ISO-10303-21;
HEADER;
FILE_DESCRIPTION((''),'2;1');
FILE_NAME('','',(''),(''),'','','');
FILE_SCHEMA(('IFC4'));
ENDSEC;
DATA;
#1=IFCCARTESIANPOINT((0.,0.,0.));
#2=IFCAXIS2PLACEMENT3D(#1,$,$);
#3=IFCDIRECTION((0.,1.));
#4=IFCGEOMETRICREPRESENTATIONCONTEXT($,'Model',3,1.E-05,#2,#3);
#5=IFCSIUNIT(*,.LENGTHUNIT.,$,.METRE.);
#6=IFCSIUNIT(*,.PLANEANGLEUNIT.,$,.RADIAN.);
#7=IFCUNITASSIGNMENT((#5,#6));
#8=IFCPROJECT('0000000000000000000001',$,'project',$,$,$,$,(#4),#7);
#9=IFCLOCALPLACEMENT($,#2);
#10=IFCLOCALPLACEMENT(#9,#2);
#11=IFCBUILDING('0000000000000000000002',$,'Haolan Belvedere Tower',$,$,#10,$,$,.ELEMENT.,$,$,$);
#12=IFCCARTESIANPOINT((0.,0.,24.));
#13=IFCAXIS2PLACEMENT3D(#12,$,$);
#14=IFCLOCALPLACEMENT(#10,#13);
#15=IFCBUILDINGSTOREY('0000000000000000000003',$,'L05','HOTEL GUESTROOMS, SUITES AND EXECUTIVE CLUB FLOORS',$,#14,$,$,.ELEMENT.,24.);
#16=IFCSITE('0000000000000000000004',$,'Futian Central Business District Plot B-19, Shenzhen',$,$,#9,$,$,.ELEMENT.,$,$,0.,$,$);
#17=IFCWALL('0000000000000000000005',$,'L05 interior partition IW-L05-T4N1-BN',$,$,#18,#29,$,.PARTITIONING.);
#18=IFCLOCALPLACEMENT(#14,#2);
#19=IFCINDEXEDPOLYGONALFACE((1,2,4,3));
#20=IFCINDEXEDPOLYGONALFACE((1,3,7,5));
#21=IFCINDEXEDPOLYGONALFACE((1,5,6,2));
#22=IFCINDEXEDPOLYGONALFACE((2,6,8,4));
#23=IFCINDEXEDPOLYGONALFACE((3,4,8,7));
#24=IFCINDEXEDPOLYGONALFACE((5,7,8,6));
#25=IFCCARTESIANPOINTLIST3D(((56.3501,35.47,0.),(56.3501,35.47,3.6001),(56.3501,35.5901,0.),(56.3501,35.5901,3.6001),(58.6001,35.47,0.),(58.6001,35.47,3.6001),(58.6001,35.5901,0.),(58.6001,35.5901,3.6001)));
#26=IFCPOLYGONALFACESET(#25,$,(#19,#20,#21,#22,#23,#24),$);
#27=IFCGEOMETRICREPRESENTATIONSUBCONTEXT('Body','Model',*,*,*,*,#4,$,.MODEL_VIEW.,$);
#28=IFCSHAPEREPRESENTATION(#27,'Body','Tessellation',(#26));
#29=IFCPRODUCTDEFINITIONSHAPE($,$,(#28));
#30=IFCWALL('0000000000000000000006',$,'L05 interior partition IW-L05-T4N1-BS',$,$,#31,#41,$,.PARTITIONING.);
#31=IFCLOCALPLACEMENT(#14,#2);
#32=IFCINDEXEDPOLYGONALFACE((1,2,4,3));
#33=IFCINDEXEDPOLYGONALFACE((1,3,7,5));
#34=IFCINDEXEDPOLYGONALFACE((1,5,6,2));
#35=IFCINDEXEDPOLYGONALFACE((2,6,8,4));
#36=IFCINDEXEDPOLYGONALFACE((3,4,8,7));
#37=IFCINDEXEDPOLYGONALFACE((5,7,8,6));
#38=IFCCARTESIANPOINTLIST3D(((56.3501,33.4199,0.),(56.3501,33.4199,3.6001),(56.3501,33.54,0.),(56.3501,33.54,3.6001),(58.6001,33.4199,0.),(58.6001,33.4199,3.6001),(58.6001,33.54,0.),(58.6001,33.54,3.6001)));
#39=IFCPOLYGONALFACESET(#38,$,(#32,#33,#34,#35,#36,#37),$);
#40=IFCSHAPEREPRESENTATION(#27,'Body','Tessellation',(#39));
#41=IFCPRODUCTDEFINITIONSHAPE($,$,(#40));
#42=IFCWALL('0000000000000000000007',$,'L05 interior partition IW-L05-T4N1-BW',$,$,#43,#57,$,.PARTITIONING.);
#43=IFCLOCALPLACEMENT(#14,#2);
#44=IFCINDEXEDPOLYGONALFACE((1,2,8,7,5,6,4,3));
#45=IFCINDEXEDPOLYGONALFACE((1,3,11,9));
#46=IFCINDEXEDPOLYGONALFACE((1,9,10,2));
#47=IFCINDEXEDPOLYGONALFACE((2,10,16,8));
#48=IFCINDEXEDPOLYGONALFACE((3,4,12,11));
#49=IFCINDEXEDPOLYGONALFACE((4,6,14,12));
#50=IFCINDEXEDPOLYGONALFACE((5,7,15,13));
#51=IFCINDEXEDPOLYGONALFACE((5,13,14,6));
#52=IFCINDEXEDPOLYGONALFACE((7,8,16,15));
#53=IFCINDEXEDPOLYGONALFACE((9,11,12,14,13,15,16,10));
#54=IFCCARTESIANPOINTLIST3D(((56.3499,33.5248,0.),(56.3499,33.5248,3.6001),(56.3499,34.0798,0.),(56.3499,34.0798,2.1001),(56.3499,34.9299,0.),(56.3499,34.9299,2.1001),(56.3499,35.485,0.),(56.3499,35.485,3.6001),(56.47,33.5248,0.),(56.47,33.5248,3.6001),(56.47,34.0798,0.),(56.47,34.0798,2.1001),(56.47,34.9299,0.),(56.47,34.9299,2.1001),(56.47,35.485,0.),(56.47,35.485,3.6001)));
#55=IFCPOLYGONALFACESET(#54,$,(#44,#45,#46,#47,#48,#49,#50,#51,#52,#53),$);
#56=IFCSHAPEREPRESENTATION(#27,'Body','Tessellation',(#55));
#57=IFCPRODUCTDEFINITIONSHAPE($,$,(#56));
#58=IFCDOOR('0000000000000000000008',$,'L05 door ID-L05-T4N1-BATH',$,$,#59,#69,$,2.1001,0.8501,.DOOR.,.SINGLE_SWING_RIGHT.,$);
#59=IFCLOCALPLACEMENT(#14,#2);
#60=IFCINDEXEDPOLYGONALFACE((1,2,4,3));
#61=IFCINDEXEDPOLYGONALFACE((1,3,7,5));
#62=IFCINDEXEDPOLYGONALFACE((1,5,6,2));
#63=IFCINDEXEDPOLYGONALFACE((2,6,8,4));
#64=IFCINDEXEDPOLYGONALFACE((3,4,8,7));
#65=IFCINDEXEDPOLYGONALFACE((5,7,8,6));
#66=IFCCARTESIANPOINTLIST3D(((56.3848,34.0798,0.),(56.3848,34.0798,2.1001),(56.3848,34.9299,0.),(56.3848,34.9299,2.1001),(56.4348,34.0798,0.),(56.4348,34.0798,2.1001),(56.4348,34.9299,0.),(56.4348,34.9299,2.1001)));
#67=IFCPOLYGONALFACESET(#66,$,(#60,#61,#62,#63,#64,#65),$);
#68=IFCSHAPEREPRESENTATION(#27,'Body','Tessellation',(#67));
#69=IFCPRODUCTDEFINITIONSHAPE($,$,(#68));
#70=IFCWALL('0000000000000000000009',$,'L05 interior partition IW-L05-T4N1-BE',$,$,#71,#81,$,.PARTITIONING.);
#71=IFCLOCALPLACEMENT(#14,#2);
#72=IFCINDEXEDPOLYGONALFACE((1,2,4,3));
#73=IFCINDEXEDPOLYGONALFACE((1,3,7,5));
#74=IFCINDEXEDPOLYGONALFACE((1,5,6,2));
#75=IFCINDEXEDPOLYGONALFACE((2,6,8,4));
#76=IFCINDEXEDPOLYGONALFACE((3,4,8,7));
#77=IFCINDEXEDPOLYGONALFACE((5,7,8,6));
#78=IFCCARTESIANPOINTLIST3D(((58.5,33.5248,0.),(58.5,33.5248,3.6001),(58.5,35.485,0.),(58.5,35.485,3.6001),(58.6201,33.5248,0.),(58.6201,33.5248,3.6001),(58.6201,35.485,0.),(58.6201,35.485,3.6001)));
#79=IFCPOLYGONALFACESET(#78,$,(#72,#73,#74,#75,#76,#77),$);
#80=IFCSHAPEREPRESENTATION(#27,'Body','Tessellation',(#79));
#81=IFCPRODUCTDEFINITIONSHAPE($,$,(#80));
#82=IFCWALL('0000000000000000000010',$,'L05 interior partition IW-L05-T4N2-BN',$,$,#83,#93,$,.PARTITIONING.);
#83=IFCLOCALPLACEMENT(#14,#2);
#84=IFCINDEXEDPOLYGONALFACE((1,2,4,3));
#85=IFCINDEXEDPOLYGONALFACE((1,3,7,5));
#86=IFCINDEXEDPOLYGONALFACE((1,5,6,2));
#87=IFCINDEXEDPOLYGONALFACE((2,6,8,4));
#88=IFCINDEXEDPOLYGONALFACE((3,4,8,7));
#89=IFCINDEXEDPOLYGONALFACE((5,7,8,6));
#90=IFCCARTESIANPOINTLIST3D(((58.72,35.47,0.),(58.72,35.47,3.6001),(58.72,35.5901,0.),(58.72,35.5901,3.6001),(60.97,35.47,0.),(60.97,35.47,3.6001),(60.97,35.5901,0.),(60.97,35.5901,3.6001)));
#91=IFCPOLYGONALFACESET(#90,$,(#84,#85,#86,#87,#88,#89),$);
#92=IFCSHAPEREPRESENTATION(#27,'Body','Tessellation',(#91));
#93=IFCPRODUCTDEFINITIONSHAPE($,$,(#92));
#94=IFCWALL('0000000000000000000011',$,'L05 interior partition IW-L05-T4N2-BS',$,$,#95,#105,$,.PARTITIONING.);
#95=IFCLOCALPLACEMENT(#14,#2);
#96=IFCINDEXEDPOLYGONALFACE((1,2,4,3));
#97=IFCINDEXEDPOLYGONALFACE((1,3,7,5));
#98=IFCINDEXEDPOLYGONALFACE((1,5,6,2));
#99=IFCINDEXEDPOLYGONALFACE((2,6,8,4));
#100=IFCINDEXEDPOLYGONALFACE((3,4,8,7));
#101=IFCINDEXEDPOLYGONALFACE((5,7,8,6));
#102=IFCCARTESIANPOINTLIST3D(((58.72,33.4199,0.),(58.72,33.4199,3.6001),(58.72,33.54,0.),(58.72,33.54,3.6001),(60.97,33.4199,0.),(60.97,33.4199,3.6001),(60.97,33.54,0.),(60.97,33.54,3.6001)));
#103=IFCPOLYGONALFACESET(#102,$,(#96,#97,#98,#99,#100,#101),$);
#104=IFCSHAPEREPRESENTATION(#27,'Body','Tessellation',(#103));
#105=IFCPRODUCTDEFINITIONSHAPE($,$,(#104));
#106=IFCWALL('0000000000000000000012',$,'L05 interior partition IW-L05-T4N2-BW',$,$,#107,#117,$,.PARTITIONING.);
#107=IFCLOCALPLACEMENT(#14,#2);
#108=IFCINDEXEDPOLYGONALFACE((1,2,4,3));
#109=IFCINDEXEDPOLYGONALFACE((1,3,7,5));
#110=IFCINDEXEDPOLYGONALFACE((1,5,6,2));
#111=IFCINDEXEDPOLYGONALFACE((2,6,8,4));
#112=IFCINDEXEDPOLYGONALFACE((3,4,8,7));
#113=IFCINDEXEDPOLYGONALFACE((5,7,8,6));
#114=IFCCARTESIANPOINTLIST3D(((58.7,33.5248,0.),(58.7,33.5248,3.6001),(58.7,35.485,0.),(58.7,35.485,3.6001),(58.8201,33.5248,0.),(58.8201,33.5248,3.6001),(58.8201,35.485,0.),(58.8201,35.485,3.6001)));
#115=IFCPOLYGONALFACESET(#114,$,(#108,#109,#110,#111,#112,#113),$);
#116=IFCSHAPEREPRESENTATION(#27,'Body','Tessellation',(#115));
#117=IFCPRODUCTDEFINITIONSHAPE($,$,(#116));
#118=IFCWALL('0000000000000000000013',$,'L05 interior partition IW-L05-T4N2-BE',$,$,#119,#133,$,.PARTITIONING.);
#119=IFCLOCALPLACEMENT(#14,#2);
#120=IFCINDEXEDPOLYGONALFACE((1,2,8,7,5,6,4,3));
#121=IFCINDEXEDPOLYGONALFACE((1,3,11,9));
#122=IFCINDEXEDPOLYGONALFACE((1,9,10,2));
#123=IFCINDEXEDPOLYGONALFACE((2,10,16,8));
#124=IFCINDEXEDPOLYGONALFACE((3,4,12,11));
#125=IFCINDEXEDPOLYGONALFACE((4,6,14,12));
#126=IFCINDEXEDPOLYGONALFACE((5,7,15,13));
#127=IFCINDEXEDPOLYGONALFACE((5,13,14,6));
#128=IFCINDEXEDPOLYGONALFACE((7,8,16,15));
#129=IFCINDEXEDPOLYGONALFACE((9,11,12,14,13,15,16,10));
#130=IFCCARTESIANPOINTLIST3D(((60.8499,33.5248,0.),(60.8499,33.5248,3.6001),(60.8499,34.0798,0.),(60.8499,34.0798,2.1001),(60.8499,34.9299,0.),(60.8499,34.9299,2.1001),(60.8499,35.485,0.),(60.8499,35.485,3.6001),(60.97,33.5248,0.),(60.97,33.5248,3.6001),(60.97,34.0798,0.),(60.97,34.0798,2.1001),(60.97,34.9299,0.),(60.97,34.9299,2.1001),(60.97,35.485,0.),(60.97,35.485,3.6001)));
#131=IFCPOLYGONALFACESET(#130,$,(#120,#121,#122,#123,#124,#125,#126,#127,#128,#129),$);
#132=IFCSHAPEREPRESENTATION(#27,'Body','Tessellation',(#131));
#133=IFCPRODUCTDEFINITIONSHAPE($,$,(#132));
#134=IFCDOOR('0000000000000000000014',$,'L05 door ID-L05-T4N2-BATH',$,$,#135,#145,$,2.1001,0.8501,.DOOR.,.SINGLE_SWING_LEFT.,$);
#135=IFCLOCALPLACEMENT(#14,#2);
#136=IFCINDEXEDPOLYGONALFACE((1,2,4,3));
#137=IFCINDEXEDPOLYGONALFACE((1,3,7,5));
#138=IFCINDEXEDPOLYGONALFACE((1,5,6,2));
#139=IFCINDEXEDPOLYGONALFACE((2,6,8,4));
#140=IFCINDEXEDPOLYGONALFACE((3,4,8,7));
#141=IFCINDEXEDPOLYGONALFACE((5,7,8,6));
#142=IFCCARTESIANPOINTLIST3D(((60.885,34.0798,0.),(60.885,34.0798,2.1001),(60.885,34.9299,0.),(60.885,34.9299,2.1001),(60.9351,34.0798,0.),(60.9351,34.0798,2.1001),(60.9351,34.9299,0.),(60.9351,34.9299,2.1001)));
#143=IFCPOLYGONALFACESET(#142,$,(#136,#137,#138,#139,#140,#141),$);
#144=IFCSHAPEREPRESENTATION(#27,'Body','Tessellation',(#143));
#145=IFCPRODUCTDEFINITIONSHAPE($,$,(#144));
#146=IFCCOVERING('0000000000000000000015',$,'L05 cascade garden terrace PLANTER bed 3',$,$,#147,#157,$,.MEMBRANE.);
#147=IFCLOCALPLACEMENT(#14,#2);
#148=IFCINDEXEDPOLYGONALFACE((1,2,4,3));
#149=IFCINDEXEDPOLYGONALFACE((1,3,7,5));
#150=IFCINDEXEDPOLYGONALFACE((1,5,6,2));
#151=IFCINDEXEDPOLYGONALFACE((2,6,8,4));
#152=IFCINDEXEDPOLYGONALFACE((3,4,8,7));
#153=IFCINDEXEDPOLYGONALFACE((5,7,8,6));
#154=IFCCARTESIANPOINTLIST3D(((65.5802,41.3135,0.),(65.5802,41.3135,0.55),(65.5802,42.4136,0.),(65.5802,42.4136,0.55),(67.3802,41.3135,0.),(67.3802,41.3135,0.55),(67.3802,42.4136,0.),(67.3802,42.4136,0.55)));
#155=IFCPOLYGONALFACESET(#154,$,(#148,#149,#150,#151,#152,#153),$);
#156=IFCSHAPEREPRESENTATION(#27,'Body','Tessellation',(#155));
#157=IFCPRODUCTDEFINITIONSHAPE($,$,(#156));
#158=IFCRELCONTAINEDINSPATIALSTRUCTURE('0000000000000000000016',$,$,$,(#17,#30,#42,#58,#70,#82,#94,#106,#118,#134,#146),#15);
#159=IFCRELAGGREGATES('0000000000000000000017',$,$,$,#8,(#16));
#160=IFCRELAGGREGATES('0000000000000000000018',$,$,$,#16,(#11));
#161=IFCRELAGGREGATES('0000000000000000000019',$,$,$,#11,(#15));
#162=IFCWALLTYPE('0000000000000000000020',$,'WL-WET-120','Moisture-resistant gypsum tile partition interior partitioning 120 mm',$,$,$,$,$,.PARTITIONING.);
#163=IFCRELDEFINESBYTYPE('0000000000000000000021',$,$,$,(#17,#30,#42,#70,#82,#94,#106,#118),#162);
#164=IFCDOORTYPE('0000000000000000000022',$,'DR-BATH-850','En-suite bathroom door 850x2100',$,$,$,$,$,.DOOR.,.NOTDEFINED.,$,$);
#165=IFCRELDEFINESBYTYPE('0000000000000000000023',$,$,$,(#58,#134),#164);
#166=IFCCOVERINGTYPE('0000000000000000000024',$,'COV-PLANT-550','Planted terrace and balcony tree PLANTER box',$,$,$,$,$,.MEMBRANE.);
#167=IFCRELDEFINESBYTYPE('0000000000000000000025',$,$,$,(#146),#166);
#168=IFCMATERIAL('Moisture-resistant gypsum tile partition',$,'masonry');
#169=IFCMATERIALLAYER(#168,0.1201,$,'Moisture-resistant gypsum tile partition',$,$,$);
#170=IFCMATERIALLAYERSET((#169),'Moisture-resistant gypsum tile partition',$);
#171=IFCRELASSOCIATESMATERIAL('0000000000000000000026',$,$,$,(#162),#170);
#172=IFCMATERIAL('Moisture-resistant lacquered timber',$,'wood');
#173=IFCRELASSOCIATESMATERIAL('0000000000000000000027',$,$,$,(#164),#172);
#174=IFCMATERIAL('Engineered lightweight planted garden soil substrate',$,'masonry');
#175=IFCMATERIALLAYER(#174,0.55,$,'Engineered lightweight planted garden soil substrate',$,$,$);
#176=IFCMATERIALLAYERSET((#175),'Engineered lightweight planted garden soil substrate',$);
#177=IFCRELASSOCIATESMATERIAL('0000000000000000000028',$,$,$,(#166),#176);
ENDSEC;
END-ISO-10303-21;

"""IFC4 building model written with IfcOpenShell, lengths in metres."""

from ifc_helpers import new_model, si_unit, direction, frame, frame_2d, origin, origin_2d, place, context, subcontext, project, spatial, rectangle, extrude, material, layer, layer_set, type_object, element, fill, save


model = new_model("IFC4")

# Units and contexts
model_context = context("Model", 3, precision=1e-05, world=origin(), true_north=direction((0.0, 1.0)))
body_context = subcontext(model_context, "Body", "Model", "MODEL_VIEW")
ifc_project = project(units=[si_unit("LENGTHUNIT", "METRE"), si_unit("PLANEANGLEUNIT", "RADIAN")], contexts=[model_context])

# Site, building, storey
site_placement = place(None, origin())
site = spatial("IfcSite", under=ifc_project, at=site_placement, Name="Futian Central Business District Plot B-19, Shenzhen", CompositionType="ELEMENT", RefElevation=0.0)
building_placement = place(site_placement, origin())
building = spatial("IfcBuilding", under=site, at=building_placement, Name="Haolan Belvedere Tower", CompositionType="ELEMENT")
storey_placement = place(building_placement, frame((0.0, 0.0, 24.0)))
storey = spatial("IfcBuildingStorey", under=building, at=storey_placement, Name="L05", Description="HOTEL GUESTROOMS, SUITES AND EXECUTIVE CLUB FLOORS", CompositionType="ELEMENT", Elevation=24.0)

# Walls
ifc_material_1 = material(Name="Moisture-resistant gypsum tile partition", Category="masonry")
ifc_layer_1 = layer(ifc_material_1, 0.1201, Name="Moisture-resistant gypsum tile partition")
ifc_layer_set_1 = layer_set([ifc_layer_1], Name="Moisture-resistant gypsum tile partition")
wall_type_1 = type_object("IfcWallType", Name="WL-WET-120", Description="Moisture-resistant gypsum tile partition interior partitioning 120 mm", PredefinedType="PARTITIONING", material=ifc_layer_set_1)
for number, where, z_axis, x_axis, name in (
    (1, (56.3501, 35.53, 0.0), (0.0, 0.0, 1.0), (1.0, 0.0, 0.0), "L05 interior partition IW-L05-T4N1-BN"),
    (2, (56.3501, 33.48, 0.0), (0.0, 0.0, 1.0), (1.0, 0.0, 0.0), "L05 interior partition IW-L05-T4N1-BS"),
):
    element("IfcWall", number, at=place(storey_placement, frame(where, z_axis=z_axis, x_axis=x_axis)), inside=storey, type_object=wall_type_1, Name=name, PredefinedType="PARTITIONING", context=body_context, shape_type="SweptSolid", body=[
        extrude(rectangle(XDim=2.25, YDim=0.1201, at=frame_2d((1.125, 0.0))), origin(), (0.0, 0.0, 1.0), 3.6001),
    ])

# Wall, opening, door
wall_1_placement = place(storey_placement, frame((56.4099, 33.5249, 0.0), z_axis=(0.0, 0.0, 1.0), x_axis=(0.0, 1.0, 0.0)))
wall_1 = element("IfcWall", 3, at=wall_1_placement, inside=storey, type_object=wall_type_1, Name="L05 interior partition IW-L05-T4N1-BW", PredefinedType="PARTITIONING", context=body_context, shape_type="SweptSolid", body=[
    extrude(rectangle(XDim=1.9602, YDim=0.1201, at=frame_2d((0.98, 0.0))), origin(), (0.0, 0.0, 1.0), 3.6001),
])
opening_1_placement = place(wall_1_placement, frame((1.405, 0.0, 0.0), z_axis=(0.0, 0.0, 1.0), x_axis=(-1.0, 0.0, 0.0)))
opening_1 = element("IfcOpeningElement", 4, at=opening_1_placement, cuts=wall_1, PredefinedType="OPENING", context=body_context, shape_type="SweptSolid", body=[
    extrude(rectangle(XDim=0.8501, YDim=2.1001, at=frame_2d((0.425, 1.05))), frame((0.0, 0.0701, 0.0), z_axis=(0.0, -1.0, 0.0), x_axis=(1.0, 0.0, 0.0)), (0.0, 0.0, 1.0), 0.1401),
])
ifc_material_2 = material(Name="Moisture-resistant lacquered timber", Category="wood")
door_type_1 = type_object("IfcDoorType", Name="DR-BATH-850", Description="En-suite bathroom door 850x2100", OperationType="NOTDEFINED", PredefinedType="DOOR", material=ifc_material_2)
door_1_placement = place(opening_1_placement, origin())
door_1 = element("IfcDoor", 5, at=door_1_placement, inside=storey, type_object=door_type_1, Name="L05 door ID-L05-T4N1-BATH", OperationType="SINGLE_SWING_RIGHT", OverallHeight=2.1001, OverallWidth=0.8501, PredefinedType="DOOR", context=body_context, shape_type="SweptSolid", body=[
    extrude(rectangle(XDim=0.8501, YDim=2.1001, at=frame_2d((0.425, 1.05))), frame((0.0, 0.0249, 0.0), z_axis=(0.0, -1.0, 0.0), x_axis=(1.0, 0.0, 0.0)), (0.0, 0.0, 1.0), 0.05),
])
fill(opening_1, door_1)

# Walls
wall_2_placement = place(storey_placement, frame((58.5601, 33.5249, 0.0), z_axis=(0.0, 0.0, 1.0), x_axis=(0.0, 1.0, 0.0)))
element("IfcWall", 6, at=wall_2_placement, inside=storey, type_object=wall_type_1, Name="L05 interior partition IW-L05-T4N1-BE", PredefinedType="PARTITIONING", context=body_context, shape_type="SweptSolid", body=[
    extrude(rectangle(XDim=1.9602, YDim=0.1201, at=frame_2d((0.98, 0.0))), origin(), (0.0, 0.0, 1.0), 3.6001),
])
for number, where, z_axis, x_axis, name in (
    (7, (58.72, 35.53, 0.0), (0.0, 0.0, 1.0), (1.0, 0.0, 0.0), "L05 interior partition IW-L05-T4N2-BN"),
    (8, (58.72, 33.48, 0.0), (0.0, 0.0, 1.0), (1.0, 0.0, 0.0), "L05 interior partition IW-L05-T4N2-BS"),
):
    element("IfcWall", number, at=place(storey_placement, frame(where, z_axis=z_axis, x_axis=x_axis)), inside=storey, type_object=wall_type_1, Name=name, PredefinedType="PARTITIONING", context=body_context, shape_type="SweptSolid", body=[
        extrude(rectangle(XDim=2.25, YDim=0.1201, at=frame_2d((1.125, 0.0))), origin(), (0.0, 0.0, 1.0), 3.6001),
    ])
wall_3_placement = place(storey_placement, frame((58.76, 33.5249, 0.0), z_axis=(0.0, 0.0, 1.0), x_axis=(0.0, 1.0, 0.0)))
element("IfcWall", 9, at=wall_3_placement, inside=storey, type_object=wall_type_1, Name="L05 interior partition IW-L05-T4N2-BW", PredefinedType="PARTITIONING", context=body_context, shape_type="SweptSolid", body=[
    extrude(rectangle(XDim=1.9602, YDim=0.1201, at=frame_2d((0.98, 0.0))), origin(), (0.0, 0.0, 1.0), 3.6001),
])

# Wall, opening, door
wall_4_placement = place(storey_placement, frame((60.9099, 33.5249, 0.0), z_axis=(0.0, 0.0, 1.0), x_axis=(0.0, 1.0, 0.0)))
wall_4 = element("IfcWall", 10, at=wall_4_placement, inside=storey, type_object=wall_type_1, Name="L05 interior partition IW-L05-T4N2-BE", PredefinedType="PARTITIONING", context=body_context, shape_type="SweptSolid", body=[
    extrude(rectangle(XDim=1.9602, YDim=0.1201, at=frame_2d((0.98, 0.0))), origin(), (0.0, 0.0, 1.0), 3.6001),
])
opening_2_placement = place(wall_4_placement, frame((0.5549, 0.0, 0.0)))
opening_2 = element("IfcOpeningElement", 11, at=opening_2_placement, cuts=wall_4, PredefinedType="OPENING", context=body_context, shape_type="SweptSolid", body=[
    extrude(rectangle(XDim=0.8501, YDim=2.1001, at=frame_2d((0.425, 1.05))), frame((0.0, 0.0701, 0.0), z_axis=(0.0, -1.0, 0.0), x_axis=(1.0, 0.0, 0.0)), (0.0, 0.0, 1.0), 0.1401),
])
door_2_placement = place(opening_2_placement, origin())
door_2 = element("IfcDoor", 12, at=door_2_placement, inside=storey, type_object=door_type_1, Name="L05 door ID-L05-T4N2-BATH", OperationType="SINGLE_SWING_LEFT", OverallHeight=2.1001, OverallWidth=0.8501, PredefinedType="DOOR", context=body_context, shape_type="SweptSolid", body=[
    extrude(rectangle(XDim=0.8501, YDim=2.1001, at=frame_2d((0.425, 1.05))), frame((0.0, 0.0249, 0.0), z_axis=(0.0, -1.0, 0.0), x_axis=(1.0, 0.0, 0.0)), (0.0, 0.0, 1.0), 0.05),
])
fill(opening_2, door_2)

# Covering
ifc_material_3 = material(Name="Engineered lightweight planted garden soil substrate", Category="masonry")
ifc_layer_2 = layer(ifc_material_3, 0.55, Name="Engineered lightweight planted garden soil substrate")
ifc_layer_set_2 = layer_set([ifc_layer_2], Name="Engineered lightweight planted garden soil substrate")
covering_type = type_object("IfcCoveringType", Name="COV-PLANT-550", Description="Planted terrace and balcony tree PLANTER box", PredefinedType="MEMBRANE", material=ifc_layer_set_2)
covering_placement = place(storey_placement, frame((66.4802, 41.8635, 0.0), z_axis=(0.0, 0.0, 1.0), x_axis=(1.0, 0.0, 0.0)))
element("IfcCovering", 13, at=covering_placement, inside=storey, type_object=covering_type, Name="L05 cascade garden terrace PLANTER bed 3", PredefinedType="MEMBRANE", context=body_context, shape_type="SweptSolid", body=[
    extrude(rectangle(XDim=1.8, YDim=1.1001, at=origin_2d()), origin(), (0.0, 0.0, 1.0), 0.55),
])

save(model, "model.ifc")
